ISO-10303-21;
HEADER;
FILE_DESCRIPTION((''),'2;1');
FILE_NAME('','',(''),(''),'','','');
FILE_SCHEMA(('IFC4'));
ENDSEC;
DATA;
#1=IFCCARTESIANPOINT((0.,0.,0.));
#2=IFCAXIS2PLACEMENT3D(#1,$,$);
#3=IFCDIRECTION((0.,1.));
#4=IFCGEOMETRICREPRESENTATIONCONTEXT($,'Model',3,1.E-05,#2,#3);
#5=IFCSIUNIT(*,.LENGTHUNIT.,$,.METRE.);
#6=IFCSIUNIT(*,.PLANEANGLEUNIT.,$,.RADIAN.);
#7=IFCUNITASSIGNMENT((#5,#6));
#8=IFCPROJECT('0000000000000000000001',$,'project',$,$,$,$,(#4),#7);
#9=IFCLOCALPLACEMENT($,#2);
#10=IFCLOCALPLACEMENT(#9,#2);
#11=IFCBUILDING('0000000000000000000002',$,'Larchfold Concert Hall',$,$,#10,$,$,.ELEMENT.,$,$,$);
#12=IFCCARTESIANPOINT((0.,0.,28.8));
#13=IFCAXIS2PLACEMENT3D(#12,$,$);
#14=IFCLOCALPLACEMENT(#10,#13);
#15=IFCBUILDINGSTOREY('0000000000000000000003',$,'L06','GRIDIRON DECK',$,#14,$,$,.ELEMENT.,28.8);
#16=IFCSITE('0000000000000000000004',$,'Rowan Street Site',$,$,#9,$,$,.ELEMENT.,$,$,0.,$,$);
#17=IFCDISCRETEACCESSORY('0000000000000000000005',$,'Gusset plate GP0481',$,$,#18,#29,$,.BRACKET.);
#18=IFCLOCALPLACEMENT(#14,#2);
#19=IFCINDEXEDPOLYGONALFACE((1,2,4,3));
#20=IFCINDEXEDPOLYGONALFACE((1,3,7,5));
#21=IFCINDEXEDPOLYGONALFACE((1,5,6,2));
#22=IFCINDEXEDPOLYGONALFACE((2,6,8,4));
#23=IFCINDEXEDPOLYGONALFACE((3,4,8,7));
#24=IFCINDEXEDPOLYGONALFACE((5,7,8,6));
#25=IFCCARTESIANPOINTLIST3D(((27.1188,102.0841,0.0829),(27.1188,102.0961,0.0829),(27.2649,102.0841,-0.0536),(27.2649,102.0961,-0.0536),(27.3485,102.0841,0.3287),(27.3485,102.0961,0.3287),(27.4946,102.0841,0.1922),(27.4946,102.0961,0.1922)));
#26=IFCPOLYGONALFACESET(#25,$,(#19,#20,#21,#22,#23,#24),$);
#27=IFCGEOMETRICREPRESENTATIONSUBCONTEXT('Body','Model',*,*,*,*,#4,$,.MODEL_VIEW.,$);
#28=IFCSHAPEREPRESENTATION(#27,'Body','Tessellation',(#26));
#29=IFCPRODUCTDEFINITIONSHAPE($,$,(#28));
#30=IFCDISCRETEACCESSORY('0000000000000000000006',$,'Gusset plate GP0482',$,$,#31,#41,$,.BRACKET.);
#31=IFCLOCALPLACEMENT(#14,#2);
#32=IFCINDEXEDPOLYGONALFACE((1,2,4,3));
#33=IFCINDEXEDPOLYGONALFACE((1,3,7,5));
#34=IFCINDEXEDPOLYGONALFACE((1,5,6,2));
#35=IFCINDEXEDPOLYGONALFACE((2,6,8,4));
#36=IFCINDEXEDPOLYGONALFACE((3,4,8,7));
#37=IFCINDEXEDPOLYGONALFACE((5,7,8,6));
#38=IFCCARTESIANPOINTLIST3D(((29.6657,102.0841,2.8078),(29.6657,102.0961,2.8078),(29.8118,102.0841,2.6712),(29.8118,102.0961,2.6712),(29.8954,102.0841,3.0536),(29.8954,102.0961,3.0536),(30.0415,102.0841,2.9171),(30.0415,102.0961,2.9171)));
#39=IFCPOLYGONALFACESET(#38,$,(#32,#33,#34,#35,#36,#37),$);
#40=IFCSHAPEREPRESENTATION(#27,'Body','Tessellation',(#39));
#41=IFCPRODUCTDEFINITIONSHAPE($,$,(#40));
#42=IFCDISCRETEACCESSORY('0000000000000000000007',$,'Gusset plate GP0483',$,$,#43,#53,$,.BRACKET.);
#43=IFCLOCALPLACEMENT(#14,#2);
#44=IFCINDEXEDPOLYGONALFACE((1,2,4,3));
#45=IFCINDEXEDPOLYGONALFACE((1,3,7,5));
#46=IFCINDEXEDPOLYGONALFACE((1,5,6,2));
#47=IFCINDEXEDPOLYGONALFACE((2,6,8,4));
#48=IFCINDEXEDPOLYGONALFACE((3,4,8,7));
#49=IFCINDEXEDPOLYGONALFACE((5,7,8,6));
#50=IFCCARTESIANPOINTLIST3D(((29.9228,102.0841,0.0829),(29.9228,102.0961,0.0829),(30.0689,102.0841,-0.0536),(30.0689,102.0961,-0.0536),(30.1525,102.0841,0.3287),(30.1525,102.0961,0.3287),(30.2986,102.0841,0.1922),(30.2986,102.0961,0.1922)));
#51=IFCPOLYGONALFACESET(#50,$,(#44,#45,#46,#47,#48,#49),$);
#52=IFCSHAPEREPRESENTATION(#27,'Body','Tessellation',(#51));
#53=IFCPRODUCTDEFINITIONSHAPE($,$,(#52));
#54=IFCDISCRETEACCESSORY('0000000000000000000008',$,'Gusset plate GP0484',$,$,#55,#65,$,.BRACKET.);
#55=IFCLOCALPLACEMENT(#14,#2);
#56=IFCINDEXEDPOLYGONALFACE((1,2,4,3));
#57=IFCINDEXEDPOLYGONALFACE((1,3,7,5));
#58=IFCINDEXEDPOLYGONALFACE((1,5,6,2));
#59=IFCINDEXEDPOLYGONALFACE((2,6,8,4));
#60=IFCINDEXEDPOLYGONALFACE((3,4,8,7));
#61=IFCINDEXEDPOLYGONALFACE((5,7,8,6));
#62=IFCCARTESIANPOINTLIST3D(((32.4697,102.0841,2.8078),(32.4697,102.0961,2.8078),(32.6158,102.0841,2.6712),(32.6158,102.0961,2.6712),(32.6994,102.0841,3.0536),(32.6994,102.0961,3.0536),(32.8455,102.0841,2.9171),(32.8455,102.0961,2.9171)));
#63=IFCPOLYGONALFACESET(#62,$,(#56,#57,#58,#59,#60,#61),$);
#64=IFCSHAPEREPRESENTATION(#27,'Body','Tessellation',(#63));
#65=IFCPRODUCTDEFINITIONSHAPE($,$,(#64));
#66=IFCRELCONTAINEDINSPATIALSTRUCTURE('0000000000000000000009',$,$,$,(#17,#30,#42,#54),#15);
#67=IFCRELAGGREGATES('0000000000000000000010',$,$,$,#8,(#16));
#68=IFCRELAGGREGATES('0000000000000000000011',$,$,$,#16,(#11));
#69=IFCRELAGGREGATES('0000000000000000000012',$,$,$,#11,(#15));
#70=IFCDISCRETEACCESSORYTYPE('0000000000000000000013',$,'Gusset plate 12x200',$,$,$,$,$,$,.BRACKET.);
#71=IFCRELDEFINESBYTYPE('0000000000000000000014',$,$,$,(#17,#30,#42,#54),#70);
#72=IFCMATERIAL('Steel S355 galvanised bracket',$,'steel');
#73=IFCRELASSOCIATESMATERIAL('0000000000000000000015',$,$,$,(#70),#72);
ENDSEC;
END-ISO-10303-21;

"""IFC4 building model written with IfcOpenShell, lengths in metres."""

from ifc_helpers import new_model, si_unit, direction, frame, origin, origin_2d, place, context, subcontext, project, spatial, rectangle, extrude, material, material_profile, profile_set, type_object, element, save


model = new_model("IFC4")

# Units and contexts
model_context = context("Model", 3, precision=1e-05, world=origin(), true_north=direction((0.0, 1.0)))
body_context = subcontext(model_context, "Body", "Model", "MODEL_VIEW")
ifc_project = project(units=[si_unit("LENGTHUNIT", "METRE"), si_unit("PLANEANGLEUNIT", "RADIAN")], contexts=[model_context])

# Site, building, storey
site_placement = place(None, origin())
site = spatial("IfcSite", under=ifc_project, at=site_placement, Name="Rowan Street Site", CompositionType="ELEMENT", RefElevation=0.0)
building_placement = place(site_placement, origin())
building = spatial("IfcBuilding", under=site, at=building_placement, Name="Larchfold Concert Hall", CompositionType="ELEMENT")
storey_placement = place(building_placement, frame((0.0, 0.0, 28.8)))
storey = spatial("IfcBuildingStorey", under=building, at=storey_placement, Name="L06", Description="GRIDIRON DECK", CompositionType="ELEMENT", Elevation=28.8)

# Discrete accessories
ifc_material_1 = material(Name="Steel S355 galvanised bracket", Category="steel")
ifc_material_profile_1 = material_profile(ifc_material_1, rectangle(XDim=0.012, YDim=0.2, at=origin_2d()))
ifc_profile_set_1 = profile_set([ifc_material_profile_1], Name="Steel S355 galvanised bracket")
discrete_accessory_type_1 = type_object("IfcDiscreteAccessoryType", Name="Gusset plate 12x200", PredefinedType="BRACKET", material=ifc_profile_set_1)
for number, where, z_axis, x_axis, name in (
    (1, (27.1919, 102.0901, 0.0146), (0.682758, 0.0, 0.730645), (0.0, 1.0, 0.0), "Gusset plate GP0481"),
    (2, (29.7388, 102.0901, 2.7395), (0.682758, 0.0, 0.730645), (0.0, 1.0, 0.0), "Gusset plate GP0482"),
    (3, (29.9958, 102.0901, 0.0146), (0.682758, 0.0, 0.730645), (0.0, 1.0, 0.0), "Gusset plate GP0483"),
    (4, (32.5427, 102.0901, 2.7395), (0.682758, 0.0, 0.730645), (0.0, 1.0, 0.0), "Gusset plate GP0484"),
):
    element("IfcDiscreteAccessory", number, at=place(storey_placement, frame(where, z_axis=z_axis, x_axis=x_axis)), inside=storey, type_object=discrete_accessory_type_1, Name=name, PredefinedType="BRACKET", context=body_context, shape_type="SweptSolid", body=[
        extrude(rectangle(XDim=0.012, YDim=0.2, at=origin_2d()), origin(), (0.0, 0.0, 1.0), 0.3364),
    ])

save(model, "model.ifc")
